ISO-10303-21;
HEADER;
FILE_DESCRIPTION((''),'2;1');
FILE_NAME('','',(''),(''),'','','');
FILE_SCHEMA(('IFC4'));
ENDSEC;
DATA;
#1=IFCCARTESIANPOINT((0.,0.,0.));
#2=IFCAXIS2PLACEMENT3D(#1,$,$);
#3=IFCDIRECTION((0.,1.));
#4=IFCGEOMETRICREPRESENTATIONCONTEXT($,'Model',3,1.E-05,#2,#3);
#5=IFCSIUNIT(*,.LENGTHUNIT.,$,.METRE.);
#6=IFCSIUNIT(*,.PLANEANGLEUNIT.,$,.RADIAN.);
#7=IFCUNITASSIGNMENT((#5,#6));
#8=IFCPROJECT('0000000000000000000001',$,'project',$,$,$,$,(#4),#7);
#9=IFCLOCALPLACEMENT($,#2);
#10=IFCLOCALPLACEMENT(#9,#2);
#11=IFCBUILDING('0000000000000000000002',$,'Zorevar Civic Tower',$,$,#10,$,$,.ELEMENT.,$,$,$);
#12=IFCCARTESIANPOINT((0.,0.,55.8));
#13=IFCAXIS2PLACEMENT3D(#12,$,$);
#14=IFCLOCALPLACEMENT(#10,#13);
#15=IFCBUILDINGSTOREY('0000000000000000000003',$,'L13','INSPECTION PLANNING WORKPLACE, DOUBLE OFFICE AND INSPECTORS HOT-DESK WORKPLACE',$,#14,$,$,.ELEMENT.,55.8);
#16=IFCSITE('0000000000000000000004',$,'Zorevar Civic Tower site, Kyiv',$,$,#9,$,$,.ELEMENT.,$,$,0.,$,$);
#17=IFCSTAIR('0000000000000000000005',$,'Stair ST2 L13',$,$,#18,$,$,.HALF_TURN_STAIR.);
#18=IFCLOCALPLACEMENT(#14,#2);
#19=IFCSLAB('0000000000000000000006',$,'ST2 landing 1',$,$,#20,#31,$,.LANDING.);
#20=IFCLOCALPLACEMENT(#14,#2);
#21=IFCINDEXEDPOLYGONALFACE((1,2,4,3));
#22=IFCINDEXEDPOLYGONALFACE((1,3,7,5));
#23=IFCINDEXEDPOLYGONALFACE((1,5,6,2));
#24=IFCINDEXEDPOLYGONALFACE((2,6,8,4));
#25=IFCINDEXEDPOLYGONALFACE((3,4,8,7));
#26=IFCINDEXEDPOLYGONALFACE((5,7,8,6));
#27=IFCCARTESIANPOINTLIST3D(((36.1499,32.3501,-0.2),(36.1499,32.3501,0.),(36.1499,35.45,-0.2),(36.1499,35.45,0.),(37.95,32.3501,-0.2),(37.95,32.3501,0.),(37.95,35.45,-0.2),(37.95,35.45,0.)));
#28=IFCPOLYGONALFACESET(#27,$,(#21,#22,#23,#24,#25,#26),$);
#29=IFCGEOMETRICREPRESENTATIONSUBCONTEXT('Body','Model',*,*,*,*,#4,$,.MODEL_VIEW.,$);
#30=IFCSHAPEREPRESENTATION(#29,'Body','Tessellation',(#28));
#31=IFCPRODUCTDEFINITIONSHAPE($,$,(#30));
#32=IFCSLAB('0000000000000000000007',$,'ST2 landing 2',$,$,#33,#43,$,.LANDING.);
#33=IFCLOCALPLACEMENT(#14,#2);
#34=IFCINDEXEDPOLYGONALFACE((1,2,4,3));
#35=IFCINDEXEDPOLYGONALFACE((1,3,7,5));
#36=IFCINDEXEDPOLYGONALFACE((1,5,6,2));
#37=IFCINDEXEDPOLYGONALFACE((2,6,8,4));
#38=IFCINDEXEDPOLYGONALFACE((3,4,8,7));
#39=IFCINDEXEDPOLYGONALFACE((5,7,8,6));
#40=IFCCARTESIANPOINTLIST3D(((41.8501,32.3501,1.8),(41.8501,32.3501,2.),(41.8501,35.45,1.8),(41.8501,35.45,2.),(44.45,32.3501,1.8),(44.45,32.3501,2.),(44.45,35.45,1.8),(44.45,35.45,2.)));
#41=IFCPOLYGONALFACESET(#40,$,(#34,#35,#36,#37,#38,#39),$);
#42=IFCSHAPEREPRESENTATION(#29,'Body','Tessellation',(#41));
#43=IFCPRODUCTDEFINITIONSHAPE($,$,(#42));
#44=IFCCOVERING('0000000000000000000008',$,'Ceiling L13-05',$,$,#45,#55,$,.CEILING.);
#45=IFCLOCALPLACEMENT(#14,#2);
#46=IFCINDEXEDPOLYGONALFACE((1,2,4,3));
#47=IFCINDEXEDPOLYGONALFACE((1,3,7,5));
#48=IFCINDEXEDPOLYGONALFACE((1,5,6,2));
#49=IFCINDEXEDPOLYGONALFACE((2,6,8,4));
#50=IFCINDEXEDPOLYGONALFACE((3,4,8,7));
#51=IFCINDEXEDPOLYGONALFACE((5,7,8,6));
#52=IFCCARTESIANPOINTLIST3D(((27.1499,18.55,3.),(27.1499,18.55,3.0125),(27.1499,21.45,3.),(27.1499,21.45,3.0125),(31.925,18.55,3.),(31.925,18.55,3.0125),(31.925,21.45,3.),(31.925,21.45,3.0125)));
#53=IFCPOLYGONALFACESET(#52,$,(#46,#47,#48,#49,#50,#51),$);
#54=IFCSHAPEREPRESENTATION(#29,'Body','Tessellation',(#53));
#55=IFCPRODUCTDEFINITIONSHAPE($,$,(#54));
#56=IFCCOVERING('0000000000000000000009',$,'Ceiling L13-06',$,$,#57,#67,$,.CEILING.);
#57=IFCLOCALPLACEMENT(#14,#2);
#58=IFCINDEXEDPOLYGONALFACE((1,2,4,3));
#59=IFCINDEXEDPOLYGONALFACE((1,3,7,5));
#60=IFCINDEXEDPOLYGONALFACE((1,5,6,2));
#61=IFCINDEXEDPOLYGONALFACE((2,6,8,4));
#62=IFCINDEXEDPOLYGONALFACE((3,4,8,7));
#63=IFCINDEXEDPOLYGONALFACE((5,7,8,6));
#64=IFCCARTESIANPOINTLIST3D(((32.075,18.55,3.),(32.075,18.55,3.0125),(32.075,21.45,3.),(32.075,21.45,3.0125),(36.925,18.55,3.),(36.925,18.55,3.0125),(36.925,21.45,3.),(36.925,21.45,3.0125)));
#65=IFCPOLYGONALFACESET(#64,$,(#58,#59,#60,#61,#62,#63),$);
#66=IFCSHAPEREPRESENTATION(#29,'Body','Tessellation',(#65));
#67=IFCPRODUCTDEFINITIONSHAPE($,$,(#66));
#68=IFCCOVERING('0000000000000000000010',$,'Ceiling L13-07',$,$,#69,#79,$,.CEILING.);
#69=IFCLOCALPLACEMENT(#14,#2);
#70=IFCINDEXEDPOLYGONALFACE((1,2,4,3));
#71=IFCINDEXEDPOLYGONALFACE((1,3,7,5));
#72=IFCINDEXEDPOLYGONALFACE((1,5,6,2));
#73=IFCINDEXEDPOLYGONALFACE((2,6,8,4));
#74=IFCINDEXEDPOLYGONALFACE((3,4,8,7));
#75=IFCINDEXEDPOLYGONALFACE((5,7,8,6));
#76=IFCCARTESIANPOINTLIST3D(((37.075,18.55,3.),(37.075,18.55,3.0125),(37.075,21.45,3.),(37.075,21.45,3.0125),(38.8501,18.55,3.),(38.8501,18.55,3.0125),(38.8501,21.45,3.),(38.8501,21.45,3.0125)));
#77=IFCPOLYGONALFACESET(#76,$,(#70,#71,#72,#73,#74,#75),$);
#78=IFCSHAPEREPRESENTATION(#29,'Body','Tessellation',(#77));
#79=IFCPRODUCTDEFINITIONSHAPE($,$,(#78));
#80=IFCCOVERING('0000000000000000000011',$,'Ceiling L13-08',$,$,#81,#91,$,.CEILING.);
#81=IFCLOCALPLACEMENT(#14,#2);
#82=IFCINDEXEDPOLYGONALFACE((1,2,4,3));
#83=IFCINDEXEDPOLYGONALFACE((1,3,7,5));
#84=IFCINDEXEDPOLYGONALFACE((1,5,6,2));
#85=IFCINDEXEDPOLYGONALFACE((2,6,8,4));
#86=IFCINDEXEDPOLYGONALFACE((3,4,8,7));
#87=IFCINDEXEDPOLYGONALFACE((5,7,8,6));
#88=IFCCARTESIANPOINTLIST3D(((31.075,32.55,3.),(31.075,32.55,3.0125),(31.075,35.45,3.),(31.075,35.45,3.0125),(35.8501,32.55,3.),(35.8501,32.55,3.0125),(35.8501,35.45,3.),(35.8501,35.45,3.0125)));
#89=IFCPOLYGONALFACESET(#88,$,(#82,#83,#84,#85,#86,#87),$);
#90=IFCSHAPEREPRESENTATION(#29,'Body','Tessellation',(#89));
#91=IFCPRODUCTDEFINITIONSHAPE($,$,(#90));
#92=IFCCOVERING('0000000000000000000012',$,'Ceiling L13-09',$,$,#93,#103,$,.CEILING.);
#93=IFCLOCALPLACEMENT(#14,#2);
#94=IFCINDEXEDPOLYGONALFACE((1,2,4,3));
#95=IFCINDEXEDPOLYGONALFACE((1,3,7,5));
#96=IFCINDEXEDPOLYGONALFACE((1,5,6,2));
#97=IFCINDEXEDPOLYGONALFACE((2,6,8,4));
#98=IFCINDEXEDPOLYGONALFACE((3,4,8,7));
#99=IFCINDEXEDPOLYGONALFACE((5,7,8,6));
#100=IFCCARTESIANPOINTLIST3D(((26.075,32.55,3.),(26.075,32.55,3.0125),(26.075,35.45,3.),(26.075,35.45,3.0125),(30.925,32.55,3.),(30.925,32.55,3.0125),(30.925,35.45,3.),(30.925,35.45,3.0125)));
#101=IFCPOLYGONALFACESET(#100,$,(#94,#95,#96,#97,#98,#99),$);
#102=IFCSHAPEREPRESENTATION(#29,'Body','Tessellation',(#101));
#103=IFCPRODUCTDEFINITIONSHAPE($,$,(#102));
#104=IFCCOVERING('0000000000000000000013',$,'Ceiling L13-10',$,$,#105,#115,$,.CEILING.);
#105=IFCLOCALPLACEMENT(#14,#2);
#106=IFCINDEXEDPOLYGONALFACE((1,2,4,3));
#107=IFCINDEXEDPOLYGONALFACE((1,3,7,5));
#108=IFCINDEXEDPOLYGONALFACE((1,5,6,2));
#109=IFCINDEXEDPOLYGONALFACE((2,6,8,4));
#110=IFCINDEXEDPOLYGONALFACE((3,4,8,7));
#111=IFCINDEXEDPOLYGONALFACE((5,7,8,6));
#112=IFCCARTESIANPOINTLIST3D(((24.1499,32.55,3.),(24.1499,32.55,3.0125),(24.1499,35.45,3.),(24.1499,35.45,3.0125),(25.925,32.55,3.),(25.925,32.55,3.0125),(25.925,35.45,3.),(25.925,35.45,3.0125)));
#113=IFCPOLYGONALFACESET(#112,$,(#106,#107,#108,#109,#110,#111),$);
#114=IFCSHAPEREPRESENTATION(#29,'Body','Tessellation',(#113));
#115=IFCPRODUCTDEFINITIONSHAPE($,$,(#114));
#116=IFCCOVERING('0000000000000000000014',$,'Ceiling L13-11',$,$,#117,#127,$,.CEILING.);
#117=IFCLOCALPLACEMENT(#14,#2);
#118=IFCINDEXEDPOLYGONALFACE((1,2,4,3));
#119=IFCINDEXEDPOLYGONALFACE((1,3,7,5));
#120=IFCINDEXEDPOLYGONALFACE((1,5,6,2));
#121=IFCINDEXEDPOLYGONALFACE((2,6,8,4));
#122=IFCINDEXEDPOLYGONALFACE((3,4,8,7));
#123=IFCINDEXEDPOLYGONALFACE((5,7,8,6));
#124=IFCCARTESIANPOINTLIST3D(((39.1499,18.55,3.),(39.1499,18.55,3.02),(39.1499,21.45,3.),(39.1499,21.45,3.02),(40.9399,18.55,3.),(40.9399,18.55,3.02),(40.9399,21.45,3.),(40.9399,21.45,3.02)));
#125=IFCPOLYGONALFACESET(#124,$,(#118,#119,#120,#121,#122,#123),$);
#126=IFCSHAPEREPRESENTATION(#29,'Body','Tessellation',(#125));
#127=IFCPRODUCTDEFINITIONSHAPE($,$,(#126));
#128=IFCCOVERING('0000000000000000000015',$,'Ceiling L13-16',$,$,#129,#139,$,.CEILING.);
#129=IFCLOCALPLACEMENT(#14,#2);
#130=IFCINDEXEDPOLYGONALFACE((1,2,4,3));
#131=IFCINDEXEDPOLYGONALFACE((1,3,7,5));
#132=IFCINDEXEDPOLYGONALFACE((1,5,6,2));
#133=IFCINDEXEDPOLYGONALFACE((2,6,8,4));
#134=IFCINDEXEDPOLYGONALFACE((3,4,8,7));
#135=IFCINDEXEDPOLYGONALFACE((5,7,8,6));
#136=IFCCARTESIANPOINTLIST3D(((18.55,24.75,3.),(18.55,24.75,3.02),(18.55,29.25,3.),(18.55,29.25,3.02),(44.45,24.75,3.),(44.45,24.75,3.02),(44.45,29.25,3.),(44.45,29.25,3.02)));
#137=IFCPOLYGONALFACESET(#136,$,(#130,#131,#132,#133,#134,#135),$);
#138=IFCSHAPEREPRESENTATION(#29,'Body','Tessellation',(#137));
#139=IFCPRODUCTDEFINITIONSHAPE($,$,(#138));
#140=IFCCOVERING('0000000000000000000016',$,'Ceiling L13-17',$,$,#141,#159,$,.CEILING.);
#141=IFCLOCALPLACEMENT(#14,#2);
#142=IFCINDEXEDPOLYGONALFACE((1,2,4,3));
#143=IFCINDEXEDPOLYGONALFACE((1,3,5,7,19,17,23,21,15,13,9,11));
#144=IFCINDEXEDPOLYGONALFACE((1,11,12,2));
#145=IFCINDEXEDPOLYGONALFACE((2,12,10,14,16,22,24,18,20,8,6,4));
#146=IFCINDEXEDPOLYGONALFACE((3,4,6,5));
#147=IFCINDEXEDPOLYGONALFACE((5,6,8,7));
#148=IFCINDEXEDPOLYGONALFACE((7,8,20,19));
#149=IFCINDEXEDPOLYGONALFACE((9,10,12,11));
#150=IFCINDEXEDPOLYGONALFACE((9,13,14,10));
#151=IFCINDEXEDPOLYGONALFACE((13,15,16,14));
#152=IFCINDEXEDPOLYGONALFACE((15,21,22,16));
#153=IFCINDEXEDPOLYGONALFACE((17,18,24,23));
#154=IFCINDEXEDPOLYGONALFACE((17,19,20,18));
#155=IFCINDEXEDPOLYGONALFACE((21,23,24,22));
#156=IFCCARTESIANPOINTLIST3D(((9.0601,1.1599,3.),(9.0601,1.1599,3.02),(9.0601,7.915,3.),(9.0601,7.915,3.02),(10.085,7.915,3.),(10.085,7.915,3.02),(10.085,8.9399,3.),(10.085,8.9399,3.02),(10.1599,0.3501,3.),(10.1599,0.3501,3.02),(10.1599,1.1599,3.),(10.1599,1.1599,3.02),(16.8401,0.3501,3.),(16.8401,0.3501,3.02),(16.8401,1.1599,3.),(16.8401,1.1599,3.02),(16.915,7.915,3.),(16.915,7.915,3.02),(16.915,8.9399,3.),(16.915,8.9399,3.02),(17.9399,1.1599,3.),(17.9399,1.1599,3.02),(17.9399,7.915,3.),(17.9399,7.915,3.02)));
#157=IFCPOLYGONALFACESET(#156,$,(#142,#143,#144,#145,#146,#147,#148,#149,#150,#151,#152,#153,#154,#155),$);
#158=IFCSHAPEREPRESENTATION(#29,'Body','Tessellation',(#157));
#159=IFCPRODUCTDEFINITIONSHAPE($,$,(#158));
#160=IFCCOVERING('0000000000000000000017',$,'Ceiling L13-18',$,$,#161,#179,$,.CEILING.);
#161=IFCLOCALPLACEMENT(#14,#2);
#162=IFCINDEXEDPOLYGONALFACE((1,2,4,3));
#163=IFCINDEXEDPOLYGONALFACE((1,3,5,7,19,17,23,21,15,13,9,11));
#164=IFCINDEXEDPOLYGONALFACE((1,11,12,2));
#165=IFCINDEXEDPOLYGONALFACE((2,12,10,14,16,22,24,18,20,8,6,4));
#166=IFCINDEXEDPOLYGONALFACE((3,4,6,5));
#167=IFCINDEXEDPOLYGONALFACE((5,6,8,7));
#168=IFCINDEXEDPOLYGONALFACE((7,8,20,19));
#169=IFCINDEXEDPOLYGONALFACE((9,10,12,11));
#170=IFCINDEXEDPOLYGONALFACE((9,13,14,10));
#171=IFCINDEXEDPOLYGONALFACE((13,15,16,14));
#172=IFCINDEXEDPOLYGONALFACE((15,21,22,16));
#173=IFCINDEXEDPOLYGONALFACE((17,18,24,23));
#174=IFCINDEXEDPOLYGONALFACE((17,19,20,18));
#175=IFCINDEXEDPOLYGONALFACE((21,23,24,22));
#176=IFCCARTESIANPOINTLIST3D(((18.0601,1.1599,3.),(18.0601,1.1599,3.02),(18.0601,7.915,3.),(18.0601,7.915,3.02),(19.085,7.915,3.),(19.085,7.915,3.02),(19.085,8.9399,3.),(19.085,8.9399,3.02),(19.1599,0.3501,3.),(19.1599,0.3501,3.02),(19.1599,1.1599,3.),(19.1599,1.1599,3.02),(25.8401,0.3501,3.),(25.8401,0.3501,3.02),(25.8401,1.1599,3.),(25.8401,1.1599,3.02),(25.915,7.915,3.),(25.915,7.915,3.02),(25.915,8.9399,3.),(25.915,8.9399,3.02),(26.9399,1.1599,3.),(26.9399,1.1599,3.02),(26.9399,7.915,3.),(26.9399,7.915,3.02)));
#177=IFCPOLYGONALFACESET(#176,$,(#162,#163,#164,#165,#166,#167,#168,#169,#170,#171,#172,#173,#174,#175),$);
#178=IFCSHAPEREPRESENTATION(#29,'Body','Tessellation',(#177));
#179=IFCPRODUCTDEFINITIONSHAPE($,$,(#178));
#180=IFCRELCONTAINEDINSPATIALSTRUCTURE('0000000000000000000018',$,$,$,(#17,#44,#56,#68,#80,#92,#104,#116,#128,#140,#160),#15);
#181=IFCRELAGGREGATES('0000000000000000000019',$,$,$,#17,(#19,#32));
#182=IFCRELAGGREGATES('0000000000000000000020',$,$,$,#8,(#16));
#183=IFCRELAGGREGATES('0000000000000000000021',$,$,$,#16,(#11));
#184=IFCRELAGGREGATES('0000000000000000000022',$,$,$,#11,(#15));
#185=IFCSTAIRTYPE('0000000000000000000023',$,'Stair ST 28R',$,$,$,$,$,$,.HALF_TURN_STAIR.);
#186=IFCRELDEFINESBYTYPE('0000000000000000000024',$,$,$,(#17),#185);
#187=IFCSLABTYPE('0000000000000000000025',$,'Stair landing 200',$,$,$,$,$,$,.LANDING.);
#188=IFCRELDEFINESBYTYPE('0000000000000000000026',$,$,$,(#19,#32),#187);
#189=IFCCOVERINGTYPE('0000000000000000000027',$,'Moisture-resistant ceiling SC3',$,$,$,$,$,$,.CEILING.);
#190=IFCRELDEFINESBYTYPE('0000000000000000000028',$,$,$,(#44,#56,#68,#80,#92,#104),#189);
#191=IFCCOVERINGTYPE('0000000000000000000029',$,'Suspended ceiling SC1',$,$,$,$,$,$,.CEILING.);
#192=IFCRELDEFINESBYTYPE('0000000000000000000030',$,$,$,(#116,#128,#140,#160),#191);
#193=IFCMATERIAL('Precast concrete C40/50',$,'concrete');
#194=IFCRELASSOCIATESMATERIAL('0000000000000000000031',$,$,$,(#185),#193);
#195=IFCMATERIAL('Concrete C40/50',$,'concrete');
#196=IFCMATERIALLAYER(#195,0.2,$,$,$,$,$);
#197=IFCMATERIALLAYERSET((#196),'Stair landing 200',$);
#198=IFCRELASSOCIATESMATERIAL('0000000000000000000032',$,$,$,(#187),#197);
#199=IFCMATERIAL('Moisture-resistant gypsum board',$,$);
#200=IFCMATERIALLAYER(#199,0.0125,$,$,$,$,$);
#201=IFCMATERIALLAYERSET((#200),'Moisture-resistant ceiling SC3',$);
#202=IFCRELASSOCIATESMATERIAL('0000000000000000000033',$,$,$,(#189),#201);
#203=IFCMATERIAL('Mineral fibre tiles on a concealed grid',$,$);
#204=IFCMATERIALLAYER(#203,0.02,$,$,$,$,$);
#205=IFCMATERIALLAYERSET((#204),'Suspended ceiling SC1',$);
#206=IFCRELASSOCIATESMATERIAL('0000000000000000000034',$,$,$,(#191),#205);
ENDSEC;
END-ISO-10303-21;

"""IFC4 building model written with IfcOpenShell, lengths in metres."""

from ifc_helpers import new_model, si_unit, direction, frame, origin, place, context, subcontext, project, spatial, polyline, outline, extrude, material, layer, layer_set, type_object, element, aggregate, save


model = new_model("IFC4")

# Units and contexts
model_context = context("Model", 3, precision=1e-05, world=origin(), true_north=direction((0.0, 1.0)))
body_context = subcontext(model_context, "Body", "Model", "MODEL_VIEW")
ifc_project = project(units=[si_unit("LENGTHUNIT", "METRE"), si_unit("PLANEANGLEUNIT", "RADIAN")], contexts=[model_context])

# Site, building, storey
site_placement = place(None, origin())
site = spatial("IfcSite", under=ifc_project, at=site_placement, Name="Zorevar Civic Tower site, Kyiv", CompositionType="ELEMENT", RefElevation=0.0)
building_placement = place(site_placement, origin())
building = spatial("IfcBuilding", under=site, at=building_placement, Name="Zorevar Civic Tower", CompositionType="ELEMENT")
storey_placement = place(building_placement, frame((0.0, 0.0, 55.8)))
storey = spatial("IfcBuildingStorey", under=building, at=storey_placement, Name="L13", Description="INSPECTION PLANNING WORKPLACE, DOUBLE OFFICE AND INSPECTORS HOT-DESK WORKPLACE", CompositionType="ELEMENT", Elevation=55.8)

# Stair, slabs
ifc_material_1 = material(Name="Precast concrete C40/50", Category="concrete")
stair_type = type_object("IfcStairType", Name="Stair ST 28R", PredefinedType="HALF_TURN_STAIR", material=ifc_material_1)
ifc_material_2 = material(Name="Concrete C40/50", Category="concrete")
ifc_layer_1 = layer(ifc_material_2, 0.2)
ifc_layer_set_1 = layer_set([ifc_layer_1], Name="Stair landing 200")
slab_type_1 = type_object("IfcSlabType", Name="Stair landing 200", PredefinedType="LANDING", material=ifc_layer_set_1)
stair_1_placement = place(storey_placement, origin())
stair_1 = element("IfcStair", 1, at=stair_1_placement, inside=storey, type_object=stair_type, Name="Stair ST2 L13", PredefinedType="HALF_TURN_STAIR")
slab_1_placement = place(storey_placement, frame((0.0, 0.0, -0.2)))
slab_1 = element("IfcSlab", 2, at=slab_1_placement, type_object=slab_type_1, Name="ST2 landing 1", PredefinedType="LANDING", context=body_context, shape_type="SweptSolid", body=[
    extrude(outline(polyline([(37.95, 32.3501), (36.1499, 32.3501), (36.1499, 35.45), (37.95, 35.45), (37.95, 32.3501)])), origin(), (0.0, 0.0, 1.0), 0.2),
])
slab_2_placement = place(storey_placement, frame((0.0, 0.0, 1.8)))
slab_2 = element("IfcSlab", 3, at=slab_2_placement, type_object=slab_type_1, Name="ST2 landing 2", PredefinedType="LANDING", context=body_context, shape_type="SweptSolid", body=[
    extrude(outline(polyline([(44.45, 32.3501), (41.8501, 32.3501), (41.8501, 35.45), (44.45, 35.45), (44.45, 32.3501)])), origin(), (0.0, 0.0, 1.0), 0.2),
])
aggregate(stair_1, [slab_1, slab_2])

# Coverings
ifc_material_3 = material(Name="Moisture-resistant gypsum board")
ifc_layer_2 = layer(ifc_material_3, 0.0125)
ifc_layer_set_2 = layer_set([ifc_layer_2], Name="Moisture-resistant ceiling SC3")
covering_type_1 = type_object("IfcCoveringType", Name="Moisture-resistant ceiling SC3", PredefinedType="CEILING", material=ifc_layer_set_2)
covering_1_placement = place(storey_placement, frame((0.0, 0.0, 3.0)))
element("IfcCovering", 4, at=covering_1_placement, inside=storey, type_object=covering_type_1, Name="Ceiling L13-05", PredefinedType="CEILING", context=body_context, shape_type="SweptSolid", body=[
    extrude(outline(polyline([(31.925, 18.55), (31.925, 21.45), (27.1499, 21.45), (27.1499, 18.55), (31.925, 18.55)])), origin(), (0.0, 0.0, 1.0), 0.0125),
])
covering_2_placement = place(storey_placement, frame((0.0, 0.0, 3.0)))
element("IfcCovering", 5, at=covering_2_placement, inside=storey, type_object=covering_type_1, Name="Ceiling L13-06", PredefinedType="CEILING", context=body_context, shape_type="SweptSolid", body=[
    extrude(outline(polyline([(36.925, 18.55), (36.925, 21.45), (32.075, 21.45), (32.075, 18.55), (36.925, 18.55)])), origin(), (0.0, 0.0, 1.0), 0.0125),
])
covering_3_placement = place(storey_placement, frame((0.0, 0.0, 3.0)))
element("IfcCovering", 6, at=covering_3_placement, inside=storey, type_object=covering_type_1, Name="Ceiling L13-07", PredefinedType="CEILING", context=body_context, shape_type="SweptSolid", body=[
    extrude(outline(polyline([(38.8501, 18.55), (38.8501, 21.45), (37.075, 21.45), (37.075, 18.55), (38.8501, 18.55)])), origin(), (0.0, 0.0, 1.0), 0.0125),
])
covering_4_placement = place(storey_placement, frame((0.0, 0.0, 3.0)))
element("IfcCovering", 7, at=covering_4_placement, inside=storey, type_object=covering_type_1, Name="Ceiling L13-08", PredefinedType="CEILING", context=body_context, shape_type="SweptSolid", body=[
    extrude(outline(polyline([(35.8501, 32.55), (35.8501, 35.45), (31.075, 35.45), (31.075, 32.55), (35.8501, 32.55)])), origin(), (0.0, 0.0, 1.0), 0.0125),
])
covering_5_placement = place(storey_placement, frame((0.0, 0.0, 3.0)))
element("IfcCovering", 8, at=covering_5_placement, inside=storey, type_object=covering_type_1, Name="Ceiling L13-09", PredefinedType="CEILING", context=body_context, shape_type="SweptSolid", body=[
    extrude(outline(polyline([(30.925, 32.55), (30.925, 35.45), (26.075, 35.45), (26.075, 32.55), (30.925, 32.55)])), origin(), (0.0, 0.0, 1.0), 0.0125),
])
covering_6_placement = place(storey_placement, frame((0.0, 0.0, 3.0)))
element("IfcCovering", 9, at=covering_6_placement, inside=storey, type_object=covering_type_1, Name="Ceiling L13-10", PredefinedType="CEILING", context=body_context, shape_type="SweptSolid", body=[
    extrude(outline(polyline([(25.925, 32.55), (25.925, 35.45), (24.1499, 35.45), (24.1499, 32.55), (25.925, 32.55)])), origin(), (0.0, 0.0, 1.0), 0.0125),
])
ifc_material_4 = material(Name="Mineral fibre tiles on a concealed grid")
ifc_layer_3 = layer(ifc_material_4, 0.02)
ifc_layer_set_3 = layer_set([ifc_layer_3], Name="Suspended ceiling SC1")
covering_type_2 = type_object("IfcCoveringType", Name="Suspended ceiling SC1", PredefinedType="CEILING", material=ifc_layer_set_3)
covering_7_placement = place(storey_placement, frame((0.0, 0.0, 3.0)))
element("IfcCovering", 10, at=covering_7_placement, inside=storey, type_object=covering_type_2, Name="Ceiling L13-11", PredefinedType="CEILING", context=body_context, shape_type="SweptSolid", body=[
    extrude(outline(polyline([(40.9399, 18.55), (40.9399, 21.45), (39.1499, 21.45), (39.1499, 18.55), (40.9399, 18.55)])), origin(), (0.0, 0.0, 1.0), 0.02),
])
covering_8_placement = place(storey_placement, frame((0.0, 0.0, 3.0)))
element("IfcCovering", 11, at=covering_8_placement, inside=storey, type_object=covering_type_2, Name="Ceiling L13-16", PredefinedType="CEILING", context=body_context, shape_type="SweptSolid", body=[
    extrude(outline(polyline([(44.45, 24.75), (44.45, 29.25), (18.55, 29.25), (18.55, 24.75), (44.45, 24.75)])), origin(), (0.0, 0.0, 1.0), 0.02),
])
covering_9_placement = place(storey_placement, frame((0.0, 0.0, 3.0)))
element("IfcCovering", 12, at=covering_9_placement, inside=storey, type_object=covering_type_2, Name="Ceiling L13-17", PredefinedType="CEILING", context=body_context, shape_type="SweptSolid", body=[
    extrude(outline(polyline([(9.0601, 1.1599), (9.0601, 7.915), (10.085, 7.915), (10.085, 8.9399), (16.915, 8.9399), (16.915, 7.915), (17.9399, 7.915), (17.9399, 1.1599), (16.8401, 1.1599), (16.8401, 0.3501), (10.1599, 0.3501), (10.1599, 1.1599), (9.0601, 1.1599)])), origin(), (0.0, 0.0, 1.0), 0.02),
])
covering_10_placement = place(storey_placement, frame((0.0, 0.0, 3.0)))
element("IfcCovering", 13, at=covering_10_placement, inside=storey, type_object=covering_type_2, Name="Ceiling L13-18", PredefinedType="CEILING", context=body_context, shape_type="SweptSolid", body=[
    extrude(outline(polyline([(18.0601, 1.1599), (18.0601, 7.915), (19.085, 7.915), (19.085, 8.9399), (25.915, 8.9399), (25.915, 7.915), (26.9399, 7.915), (26.9399, 1.1599), (25.8401, 1.1599), (25.8401, 0.3501), (19.1599, 0.3501), (19.1599, 1.1599), (18.0601, 1.1599)])), origin(), (0.0, 0.0, 1.0), 0.02),
])

save(model, "model.ifc")
